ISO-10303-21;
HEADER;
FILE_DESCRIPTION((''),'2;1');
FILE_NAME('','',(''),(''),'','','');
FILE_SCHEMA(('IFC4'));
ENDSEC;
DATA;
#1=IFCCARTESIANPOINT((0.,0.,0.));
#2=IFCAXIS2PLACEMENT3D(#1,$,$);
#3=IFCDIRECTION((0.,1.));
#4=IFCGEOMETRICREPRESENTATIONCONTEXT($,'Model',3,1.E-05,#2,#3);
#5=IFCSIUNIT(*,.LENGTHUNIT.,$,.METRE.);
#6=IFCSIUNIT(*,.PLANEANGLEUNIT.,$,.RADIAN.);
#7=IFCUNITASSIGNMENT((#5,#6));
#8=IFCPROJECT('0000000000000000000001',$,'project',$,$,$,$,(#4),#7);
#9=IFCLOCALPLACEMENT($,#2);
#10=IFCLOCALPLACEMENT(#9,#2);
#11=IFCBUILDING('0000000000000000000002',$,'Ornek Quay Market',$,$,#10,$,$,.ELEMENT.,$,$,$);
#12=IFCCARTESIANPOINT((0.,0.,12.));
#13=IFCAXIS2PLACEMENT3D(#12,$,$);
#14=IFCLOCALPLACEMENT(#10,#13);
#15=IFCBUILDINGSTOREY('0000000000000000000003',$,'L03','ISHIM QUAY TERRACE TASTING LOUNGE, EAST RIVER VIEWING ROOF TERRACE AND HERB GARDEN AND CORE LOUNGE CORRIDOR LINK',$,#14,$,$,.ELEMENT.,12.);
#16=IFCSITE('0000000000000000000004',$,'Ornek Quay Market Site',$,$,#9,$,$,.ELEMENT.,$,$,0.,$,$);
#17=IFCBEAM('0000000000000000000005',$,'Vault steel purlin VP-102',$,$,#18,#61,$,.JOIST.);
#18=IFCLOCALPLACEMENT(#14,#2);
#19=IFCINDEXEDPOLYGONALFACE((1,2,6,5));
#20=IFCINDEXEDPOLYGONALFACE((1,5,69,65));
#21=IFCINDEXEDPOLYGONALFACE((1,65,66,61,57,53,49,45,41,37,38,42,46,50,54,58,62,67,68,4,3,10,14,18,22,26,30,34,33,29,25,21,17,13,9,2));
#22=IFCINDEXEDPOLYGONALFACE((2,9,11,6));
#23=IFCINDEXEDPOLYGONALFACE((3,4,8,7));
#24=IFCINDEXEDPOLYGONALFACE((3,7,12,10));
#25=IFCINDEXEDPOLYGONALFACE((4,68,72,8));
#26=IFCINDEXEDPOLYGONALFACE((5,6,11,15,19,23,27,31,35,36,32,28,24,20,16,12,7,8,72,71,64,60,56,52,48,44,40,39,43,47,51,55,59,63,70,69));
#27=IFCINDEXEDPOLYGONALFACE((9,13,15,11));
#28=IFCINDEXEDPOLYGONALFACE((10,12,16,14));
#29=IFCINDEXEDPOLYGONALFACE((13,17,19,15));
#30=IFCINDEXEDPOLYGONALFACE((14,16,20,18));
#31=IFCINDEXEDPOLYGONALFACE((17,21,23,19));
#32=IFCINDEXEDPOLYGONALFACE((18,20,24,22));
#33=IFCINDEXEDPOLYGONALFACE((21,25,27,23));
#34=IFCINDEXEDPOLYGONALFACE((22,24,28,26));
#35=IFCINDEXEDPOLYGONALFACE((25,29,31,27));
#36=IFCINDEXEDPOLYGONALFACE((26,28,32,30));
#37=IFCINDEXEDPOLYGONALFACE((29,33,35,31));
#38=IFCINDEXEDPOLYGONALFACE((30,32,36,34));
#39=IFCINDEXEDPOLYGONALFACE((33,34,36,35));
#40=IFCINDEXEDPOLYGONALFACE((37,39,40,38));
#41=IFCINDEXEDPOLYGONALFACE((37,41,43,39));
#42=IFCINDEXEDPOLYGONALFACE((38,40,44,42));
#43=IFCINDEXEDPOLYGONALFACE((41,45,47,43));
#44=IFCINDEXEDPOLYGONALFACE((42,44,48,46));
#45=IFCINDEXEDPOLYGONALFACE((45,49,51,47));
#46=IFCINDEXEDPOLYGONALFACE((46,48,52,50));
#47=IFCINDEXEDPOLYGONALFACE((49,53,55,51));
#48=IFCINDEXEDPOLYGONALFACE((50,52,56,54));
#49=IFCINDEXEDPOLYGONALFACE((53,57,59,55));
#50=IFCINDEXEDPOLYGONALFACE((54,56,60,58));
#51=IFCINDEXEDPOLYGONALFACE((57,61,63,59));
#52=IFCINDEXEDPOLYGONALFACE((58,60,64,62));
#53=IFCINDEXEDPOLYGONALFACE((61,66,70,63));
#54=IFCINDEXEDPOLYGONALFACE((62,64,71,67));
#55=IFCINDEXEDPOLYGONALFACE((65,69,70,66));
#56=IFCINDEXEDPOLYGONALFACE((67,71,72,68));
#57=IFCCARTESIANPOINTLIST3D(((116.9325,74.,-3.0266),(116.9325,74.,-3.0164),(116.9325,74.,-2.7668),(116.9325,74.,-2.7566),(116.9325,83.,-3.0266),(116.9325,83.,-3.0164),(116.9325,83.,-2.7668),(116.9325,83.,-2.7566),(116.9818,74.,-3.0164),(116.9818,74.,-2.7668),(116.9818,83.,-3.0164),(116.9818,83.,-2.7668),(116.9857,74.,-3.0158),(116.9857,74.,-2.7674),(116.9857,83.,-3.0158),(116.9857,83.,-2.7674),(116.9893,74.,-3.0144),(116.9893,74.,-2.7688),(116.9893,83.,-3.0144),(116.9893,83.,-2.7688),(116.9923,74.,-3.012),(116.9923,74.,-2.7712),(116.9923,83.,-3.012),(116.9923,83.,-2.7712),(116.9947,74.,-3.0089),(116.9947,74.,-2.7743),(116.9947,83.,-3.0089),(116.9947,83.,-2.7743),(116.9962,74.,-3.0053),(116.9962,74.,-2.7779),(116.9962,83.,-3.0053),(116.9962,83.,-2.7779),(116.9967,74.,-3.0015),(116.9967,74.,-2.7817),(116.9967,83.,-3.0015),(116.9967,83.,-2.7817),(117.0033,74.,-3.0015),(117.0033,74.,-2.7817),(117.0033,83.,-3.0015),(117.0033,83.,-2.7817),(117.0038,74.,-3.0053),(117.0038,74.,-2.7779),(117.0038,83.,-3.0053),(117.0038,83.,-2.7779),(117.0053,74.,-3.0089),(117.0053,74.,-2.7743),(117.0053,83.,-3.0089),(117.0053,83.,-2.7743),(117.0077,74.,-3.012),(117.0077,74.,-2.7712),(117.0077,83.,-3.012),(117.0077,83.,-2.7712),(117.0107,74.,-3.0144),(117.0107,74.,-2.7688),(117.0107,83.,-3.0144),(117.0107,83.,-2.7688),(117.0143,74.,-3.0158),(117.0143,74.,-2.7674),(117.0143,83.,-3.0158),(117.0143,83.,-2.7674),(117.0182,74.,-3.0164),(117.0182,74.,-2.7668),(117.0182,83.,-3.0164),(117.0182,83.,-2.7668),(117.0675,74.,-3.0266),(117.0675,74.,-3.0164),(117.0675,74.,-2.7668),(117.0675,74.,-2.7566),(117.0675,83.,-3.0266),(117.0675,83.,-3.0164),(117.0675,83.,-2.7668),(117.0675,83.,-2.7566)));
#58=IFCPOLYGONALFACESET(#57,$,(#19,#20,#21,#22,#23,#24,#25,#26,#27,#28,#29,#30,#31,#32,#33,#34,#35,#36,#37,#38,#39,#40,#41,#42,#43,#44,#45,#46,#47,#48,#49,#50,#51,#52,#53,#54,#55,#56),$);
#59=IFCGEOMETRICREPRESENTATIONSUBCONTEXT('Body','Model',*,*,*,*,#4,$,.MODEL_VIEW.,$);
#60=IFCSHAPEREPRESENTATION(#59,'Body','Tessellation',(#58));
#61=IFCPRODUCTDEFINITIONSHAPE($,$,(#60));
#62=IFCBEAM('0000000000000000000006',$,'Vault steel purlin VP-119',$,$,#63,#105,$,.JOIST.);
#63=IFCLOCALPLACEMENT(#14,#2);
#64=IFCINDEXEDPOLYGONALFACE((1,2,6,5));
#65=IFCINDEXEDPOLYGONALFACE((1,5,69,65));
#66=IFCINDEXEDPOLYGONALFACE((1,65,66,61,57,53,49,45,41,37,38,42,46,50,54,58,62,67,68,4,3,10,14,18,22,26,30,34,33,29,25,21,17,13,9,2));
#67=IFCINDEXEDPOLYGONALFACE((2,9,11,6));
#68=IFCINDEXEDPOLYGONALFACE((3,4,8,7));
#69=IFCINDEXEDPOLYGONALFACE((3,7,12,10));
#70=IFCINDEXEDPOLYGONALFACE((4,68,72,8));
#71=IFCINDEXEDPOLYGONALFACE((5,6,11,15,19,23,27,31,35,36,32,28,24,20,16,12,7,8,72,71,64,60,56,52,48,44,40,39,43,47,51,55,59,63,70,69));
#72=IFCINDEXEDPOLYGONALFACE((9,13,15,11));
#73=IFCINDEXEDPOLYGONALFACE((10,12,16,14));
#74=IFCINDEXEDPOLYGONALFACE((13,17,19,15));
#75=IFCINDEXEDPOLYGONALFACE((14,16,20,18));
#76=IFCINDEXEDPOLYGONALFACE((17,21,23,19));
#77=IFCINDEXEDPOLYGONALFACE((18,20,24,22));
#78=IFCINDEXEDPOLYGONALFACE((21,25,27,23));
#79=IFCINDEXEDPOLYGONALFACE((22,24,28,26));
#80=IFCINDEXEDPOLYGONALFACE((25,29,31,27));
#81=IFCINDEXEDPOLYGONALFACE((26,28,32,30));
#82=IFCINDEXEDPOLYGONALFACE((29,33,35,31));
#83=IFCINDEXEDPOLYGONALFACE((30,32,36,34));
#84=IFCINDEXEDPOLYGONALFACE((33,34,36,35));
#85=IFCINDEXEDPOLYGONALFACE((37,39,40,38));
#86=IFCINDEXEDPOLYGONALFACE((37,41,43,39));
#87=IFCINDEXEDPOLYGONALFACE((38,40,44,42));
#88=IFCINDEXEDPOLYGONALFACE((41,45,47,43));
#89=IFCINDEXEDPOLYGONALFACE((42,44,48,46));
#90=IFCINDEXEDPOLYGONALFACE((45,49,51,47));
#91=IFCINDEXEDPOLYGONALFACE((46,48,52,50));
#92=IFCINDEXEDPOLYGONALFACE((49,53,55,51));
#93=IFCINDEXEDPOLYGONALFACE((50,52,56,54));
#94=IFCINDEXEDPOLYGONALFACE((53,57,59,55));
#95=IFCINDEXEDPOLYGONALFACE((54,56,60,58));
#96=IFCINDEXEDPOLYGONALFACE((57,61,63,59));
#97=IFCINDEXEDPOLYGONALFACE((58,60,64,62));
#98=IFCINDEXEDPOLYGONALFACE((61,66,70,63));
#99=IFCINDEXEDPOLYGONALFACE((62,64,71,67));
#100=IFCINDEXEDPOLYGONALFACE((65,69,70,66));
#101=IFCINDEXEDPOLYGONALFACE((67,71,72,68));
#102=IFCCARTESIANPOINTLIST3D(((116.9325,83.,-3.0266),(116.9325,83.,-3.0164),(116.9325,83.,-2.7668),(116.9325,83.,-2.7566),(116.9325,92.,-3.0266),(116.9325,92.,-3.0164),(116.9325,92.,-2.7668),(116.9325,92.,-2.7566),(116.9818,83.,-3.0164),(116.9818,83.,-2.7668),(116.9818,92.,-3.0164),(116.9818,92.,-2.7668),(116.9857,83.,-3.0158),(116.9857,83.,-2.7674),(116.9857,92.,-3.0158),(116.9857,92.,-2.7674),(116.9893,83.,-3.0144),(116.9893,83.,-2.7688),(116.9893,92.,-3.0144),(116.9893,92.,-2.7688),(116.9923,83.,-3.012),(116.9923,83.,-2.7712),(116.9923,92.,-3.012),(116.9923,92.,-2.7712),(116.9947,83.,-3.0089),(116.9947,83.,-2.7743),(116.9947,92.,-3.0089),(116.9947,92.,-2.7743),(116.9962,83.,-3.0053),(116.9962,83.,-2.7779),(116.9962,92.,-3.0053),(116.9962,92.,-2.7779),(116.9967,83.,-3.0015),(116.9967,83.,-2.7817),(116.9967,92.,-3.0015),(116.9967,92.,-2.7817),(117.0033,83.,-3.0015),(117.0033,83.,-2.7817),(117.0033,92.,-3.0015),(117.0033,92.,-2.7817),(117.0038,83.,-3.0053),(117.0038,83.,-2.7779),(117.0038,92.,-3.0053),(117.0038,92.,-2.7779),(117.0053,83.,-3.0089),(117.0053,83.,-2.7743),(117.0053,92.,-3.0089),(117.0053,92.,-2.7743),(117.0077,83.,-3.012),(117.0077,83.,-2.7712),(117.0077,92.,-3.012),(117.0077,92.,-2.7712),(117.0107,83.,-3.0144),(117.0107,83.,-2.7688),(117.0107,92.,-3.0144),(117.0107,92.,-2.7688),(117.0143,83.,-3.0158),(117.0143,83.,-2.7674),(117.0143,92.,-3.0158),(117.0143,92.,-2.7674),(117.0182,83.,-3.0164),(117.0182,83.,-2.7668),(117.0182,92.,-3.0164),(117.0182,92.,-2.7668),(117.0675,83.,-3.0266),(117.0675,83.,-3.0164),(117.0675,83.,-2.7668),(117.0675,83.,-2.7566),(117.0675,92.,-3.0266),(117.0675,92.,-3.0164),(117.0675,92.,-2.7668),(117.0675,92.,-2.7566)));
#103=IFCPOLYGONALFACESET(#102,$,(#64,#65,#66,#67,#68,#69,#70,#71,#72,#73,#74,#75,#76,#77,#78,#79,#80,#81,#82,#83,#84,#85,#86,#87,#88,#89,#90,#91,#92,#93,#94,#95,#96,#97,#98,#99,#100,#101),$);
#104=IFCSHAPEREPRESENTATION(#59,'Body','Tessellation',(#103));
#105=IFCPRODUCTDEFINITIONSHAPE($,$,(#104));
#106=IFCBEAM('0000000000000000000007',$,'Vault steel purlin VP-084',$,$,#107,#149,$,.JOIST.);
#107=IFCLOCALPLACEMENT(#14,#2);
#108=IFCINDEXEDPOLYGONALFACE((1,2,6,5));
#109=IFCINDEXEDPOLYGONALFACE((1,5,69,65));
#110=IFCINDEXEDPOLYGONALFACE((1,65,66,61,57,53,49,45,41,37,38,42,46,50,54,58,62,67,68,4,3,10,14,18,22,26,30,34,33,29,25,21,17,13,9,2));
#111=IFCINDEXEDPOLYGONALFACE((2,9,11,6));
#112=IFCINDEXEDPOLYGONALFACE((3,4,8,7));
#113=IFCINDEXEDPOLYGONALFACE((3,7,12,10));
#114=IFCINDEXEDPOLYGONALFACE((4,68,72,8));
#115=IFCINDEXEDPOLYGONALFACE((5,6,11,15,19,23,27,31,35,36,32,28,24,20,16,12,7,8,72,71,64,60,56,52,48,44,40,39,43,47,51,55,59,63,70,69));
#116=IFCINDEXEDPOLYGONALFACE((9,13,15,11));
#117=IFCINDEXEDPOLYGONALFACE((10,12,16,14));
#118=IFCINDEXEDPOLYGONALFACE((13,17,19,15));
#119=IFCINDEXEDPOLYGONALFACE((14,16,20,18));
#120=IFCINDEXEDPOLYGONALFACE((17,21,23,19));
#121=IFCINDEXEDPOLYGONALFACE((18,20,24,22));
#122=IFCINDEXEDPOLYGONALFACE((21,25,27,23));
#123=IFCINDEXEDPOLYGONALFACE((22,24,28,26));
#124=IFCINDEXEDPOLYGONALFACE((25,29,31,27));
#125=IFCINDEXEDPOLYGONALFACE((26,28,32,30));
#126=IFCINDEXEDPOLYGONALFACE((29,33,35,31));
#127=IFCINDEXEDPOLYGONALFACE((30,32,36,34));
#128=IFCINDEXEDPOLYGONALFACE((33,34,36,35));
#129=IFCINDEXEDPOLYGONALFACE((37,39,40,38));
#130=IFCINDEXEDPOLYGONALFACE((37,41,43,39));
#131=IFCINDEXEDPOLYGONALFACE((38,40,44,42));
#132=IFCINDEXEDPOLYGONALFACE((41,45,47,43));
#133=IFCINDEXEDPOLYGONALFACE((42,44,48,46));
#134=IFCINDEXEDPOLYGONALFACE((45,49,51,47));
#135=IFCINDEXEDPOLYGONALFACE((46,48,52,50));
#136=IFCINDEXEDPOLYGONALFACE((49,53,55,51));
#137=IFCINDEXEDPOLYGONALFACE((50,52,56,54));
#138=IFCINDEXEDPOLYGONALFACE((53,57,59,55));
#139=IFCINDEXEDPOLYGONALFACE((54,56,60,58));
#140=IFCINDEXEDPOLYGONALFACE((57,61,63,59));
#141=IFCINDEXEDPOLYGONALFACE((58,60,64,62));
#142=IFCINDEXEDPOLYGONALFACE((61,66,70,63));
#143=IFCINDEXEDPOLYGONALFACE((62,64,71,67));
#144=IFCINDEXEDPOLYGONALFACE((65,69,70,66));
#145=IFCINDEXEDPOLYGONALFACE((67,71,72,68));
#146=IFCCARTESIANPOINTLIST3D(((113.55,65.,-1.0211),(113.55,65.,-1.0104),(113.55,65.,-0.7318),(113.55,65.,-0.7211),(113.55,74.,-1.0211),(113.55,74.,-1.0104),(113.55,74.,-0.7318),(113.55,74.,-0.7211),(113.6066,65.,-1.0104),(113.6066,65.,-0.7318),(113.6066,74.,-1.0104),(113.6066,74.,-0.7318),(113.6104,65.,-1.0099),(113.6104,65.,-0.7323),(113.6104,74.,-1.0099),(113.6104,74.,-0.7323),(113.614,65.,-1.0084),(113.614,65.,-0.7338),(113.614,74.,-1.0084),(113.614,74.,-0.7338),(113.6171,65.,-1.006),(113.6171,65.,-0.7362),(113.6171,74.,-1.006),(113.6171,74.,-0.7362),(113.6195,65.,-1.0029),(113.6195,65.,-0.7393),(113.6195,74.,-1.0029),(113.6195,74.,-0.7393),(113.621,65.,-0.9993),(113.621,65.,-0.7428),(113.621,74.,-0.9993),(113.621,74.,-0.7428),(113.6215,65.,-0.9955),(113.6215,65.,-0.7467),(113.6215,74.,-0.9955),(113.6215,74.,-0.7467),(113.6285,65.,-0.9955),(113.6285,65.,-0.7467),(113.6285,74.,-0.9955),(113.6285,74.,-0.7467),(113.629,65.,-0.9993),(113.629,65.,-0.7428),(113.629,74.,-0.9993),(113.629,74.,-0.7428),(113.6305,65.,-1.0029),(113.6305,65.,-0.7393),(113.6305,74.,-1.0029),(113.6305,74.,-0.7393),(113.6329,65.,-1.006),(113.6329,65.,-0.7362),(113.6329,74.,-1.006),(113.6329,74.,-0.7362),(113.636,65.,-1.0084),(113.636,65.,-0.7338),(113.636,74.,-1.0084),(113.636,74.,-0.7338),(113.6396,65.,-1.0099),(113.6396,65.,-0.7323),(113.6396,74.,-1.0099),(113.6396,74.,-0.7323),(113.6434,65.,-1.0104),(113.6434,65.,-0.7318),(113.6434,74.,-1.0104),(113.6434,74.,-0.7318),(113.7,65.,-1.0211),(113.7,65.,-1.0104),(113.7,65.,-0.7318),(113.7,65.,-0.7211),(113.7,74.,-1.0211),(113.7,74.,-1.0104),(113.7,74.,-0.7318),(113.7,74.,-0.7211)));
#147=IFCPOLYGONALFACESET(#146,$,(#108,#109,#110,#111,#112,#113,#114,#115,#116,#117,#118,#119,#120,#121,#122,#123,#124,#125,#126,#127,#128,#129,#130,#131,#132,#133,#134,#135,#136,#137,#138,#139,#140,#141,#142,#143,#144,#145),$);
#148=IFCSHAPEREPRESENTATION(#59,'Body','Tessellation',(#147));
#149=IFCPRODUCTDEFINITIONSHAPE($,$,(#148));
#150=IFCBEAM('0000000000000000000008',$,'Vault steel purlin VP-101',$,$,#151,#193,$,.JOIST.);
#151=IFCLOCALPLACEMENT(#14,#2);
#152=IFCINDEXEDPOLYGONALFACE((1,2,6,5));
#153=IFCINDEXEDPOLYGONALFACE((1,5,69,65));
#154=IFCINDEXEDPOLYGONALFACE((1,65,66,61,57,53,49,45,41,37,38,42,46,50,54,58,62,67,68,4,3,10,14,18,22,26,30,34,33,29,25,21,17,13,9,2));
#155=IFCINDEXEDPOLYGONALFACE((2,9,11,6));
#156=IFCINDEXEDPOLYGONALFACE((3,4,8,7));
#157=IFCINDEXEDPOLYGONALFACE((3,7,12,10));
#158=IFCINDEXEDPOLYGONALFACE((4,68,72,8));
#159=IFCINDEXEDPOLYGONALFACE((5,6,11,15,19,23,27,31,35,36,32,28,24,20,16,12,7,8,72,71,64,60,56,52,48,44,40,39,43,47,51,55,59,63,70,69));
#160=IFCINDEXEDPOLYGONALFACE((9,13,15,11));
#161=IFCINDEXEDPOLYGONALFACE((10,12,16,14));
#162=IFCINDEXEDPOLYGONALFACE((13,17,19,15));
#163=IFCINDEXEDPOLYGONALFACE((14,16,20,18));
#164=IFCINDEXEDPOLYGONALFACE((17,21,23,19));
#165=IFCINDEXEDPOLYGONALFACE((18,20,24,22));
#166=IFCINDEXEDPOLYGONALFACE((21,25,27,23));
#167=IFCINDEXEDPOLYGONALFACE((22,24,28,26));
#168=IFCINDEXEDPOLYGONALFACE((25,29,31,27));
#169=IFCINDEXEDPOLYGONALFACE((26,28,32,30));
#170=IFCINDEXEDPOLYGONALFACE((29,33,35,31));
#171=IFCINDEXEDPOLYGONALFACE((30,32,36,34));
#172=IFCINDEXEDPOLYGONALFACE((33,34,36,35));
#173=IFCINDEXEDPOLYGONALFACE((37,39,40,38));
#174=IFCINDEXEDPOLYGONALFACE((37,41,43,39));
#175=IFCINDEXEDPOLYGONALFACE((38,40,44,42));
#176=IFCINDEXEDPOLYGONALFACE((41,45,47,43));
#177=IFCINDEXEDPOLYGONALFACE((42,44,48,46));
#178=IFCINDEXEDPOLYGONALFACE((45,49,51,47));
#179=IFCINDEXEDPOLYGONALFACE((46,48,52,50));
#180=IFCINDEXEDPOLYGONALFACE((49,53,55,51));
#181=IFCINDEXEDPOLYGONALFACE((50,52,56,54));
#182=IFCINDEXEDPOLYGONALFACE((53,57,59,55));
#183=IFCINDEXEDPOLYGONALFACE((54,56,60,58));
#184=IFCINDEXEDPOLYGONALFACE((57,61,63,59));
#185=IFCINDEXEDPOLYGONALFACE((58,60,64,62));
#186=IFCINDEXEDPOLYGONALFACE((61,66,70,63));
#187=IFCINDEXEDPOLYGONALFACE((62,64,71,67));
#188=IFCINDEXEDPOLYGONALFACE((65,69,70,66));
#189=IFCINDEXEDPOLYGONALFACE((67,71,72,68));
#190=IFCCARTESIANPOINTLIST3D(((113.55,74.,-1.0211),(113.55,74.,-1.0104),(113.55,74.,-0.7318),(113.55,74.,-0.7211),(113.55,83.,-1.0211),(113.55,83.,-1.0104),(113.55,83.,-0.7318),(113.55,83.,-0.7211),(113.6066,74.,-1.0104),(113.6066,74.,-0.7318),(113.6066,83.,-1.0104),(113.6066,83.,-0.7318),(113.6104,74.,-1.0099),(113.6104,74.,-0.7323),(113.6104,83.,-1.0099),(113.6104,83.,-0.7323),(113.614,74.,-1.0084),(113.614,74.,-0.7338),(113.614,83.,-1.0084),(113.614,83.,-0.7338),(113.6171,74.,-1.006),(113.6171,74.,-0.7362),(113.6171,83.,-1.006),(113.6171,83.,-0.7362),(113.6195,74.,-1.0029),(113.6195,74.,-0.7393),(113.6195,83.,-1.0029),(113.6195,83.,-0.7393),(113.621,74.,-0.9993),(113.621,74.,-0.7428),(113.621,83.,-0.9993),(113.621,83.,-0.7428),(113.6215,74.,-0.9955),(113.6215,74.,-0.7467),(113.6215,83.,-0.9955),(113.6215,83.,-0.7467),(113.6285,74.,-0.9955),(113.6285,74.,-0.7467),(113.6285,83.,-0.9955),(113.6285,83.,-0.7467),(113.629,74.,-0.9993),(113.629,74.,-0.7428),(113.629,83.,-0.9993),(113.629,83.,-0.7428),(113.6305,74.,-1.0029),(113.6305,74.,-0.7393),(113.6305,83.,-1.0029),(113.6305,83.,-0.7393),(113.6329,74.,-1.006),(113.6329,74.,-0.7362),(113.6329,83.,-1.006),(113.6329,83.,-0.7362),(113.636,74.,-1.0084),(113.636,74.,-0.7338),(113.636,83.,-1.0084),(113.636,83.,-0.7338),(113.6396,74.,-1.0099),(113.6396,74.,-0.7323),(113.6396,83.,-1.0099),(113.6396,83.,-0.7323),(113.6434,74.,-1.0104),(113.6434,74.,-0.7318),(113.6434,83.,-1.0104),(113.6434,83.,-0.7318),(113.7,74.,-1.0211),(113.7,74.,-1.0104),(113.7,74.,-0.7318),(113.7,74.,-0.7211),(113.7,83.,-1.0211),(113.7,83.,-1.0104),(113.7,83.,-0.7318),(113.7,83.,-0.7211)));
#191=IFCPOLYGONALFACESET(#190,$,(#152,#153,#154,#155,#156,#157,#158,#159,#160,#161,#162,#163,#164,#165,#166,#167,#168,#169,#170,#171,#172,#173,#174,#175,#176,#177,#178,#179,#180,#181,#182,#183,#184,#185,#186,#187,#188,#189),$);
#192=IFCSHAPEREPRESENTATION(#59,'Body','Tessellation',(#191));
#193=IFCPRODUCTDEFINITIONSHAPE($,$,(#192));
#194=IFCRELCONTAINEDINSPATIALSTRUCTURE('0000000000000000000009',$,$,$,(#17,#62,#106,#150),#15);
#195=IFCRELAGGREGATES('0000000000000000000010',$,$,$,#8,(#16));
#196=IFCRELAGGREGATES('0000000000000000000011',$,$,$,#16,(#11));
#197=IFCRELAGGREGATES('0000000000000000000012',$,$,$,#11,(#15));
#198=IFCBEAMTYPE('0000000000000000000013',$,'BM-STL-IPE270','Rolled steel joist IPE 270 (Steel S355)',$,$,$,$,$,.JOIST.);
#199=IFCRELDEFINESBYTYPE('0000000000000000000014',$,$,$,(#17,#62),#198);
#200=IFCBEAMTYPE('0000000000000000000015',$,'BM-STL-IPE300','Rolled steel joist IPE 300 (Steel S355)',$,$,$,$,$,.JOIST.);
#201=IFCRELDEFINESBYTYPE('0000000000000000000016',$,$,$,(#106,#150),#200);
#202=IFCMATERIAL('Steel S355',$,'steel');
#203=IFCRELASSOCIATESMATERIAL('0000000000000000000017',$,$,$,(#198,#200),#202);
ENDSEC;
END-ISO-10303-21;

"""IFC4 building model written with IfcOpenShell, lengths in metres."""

from ifc_helpers import new_model, si_unit, direction, frame, origin, origin_2d, place, context, subcontext, project, spatial, i_section, extrude, material, material_profile, profile_set, type_object, element, save


model = new_model("IFC4")

# Units and contexts
model_context = context("Model", 3, precision=1e-05, world=origin(), true_north=direction((0.0, 1.0)))
body_context = subcontext(model_context, "Body", "Model", "MODEL_VIEW")
ifc_project = project(units=[si_unit("LENGTHUNIT", "METRE"), si_unit("PLANEANGLEUNIT", "RADIAN")], contexts=[model_context])

# Site, building, storey
site_placement = place(None, origin())
site = spatial("IfcSite", under=ifc_project, at=site_placement, Name="Ornek Quay Market Site", CompositionType="ELEMENT", RefElevation=0.0)
building_placement = place(site_placement, origin())
building = spatial("IfcBuilding", under=site, at=building_placement, Name="Ornek Quay Market", CompositionType="ELEMENT")
storey_placement = place(building_placement, frame((0.0, 0.0, 12.0)))
storey = spatial("IfcBuildingStorey", under=building, at=storey_placement, Name="L03", Description="ISHIM QUAY TERRACE TASTING LOUNGE, EAST RIVER VIEWING ROOF TERRACE AND HERB GARDEN AND CORE LOUNGE CORRIDOR LINK", CompositionType="ELEMENT", Elevation=12.0)

# Beams
ifc_material_1 = material(Name="Steel S355", Category="steel")
ifc_material_profile_1 = material_profile(ifc_material_1, i_section(OverallWidth=0.135, OverallDepth=0.27, WebThickness=0.0066, FlangeThickness=0.0103, FilletRadius=0.0149, at=origin_2d()), Name="IPE 270", Category="steel")
ifc_profile_set_1 = profile_set([ifc_material_profile_1], Name="Steel S355")
beam_type_1 = type_object("IfcBeamType", Name="BM-STL-IPE270", Description="Rolled steel joist IPE 270 (Steel S355)", PredefinedType="JOIST", material=ifc_profile_set_1)
for number, where, z_axis, x_axis, name in (
    (1, (117.0, 74.0, -2.8916), (0.0, 1.0, 0.0), (-1.0, 0.0, 0.0), "Vault steel purlin VP-102"),
    (2, (117.0, 83.0, -2.8916), (0.0, 1.0, 0.0), (-1.0, 0.0, 0.0), "Vault steel purlin VP-119"),
):
    element("IfcBeam", number, at=place(storey_placement, frame(where, z_axis=z_axis, x_axis=x_axis)), inside=storey, type_object=beam_type_1, Name=name, PredefinedType="JOIST", context=body_context, shape_type="SweptSolid", body=[
        extrude(i_section(OverallWidth=0.135, OverallDepth=0.27, WebThickness=0.0066, FlangeThickness=0.0103, FilletRadius=0.0149, at=origin_2d()), origin(), (0.0, 0.0, 1.0), 9.0),
    ])
ifc_material_profile_2 = material_profile(ifc_material_1, i_section(OverallWidth=0.1499, OverallDepth=0.3, WebThickness=0.0071, FlangeThickness=0.0107, FilletRadius=0.0149, at=origin_2d()), Name="IPE 300", Category="steel")
ifc_profile_set_2 = profile_set([ifc_material_profile_2], Name="Steel S355")
beam_type_2 = type_object("IfcBeamType", Name="BM-STL-IPE300", Description="Rolled steel joist IPE 300 (Steel S355)", PredefinedType="JOIST", material=ifc_profile_set_2)
for number, where, z_axis, x_axis, name in (
    (3, (113.625, 65.0, -0.8711), (0.0, 1.0, 0.0), (-1.0, 0.0, 0.0), "Vault steel purlin VP-084"),
    (4, (113.625, 74.0, -0.8711), (0.0, 1.0, 0.0), (-1.0, 0.0, 0.0), "Vault steel purlin VP-101"),
):
    element("IfcBeam", number, at=place(storey_placement, frame(where, z_axis=z_axis, x_axis=x_axis)), inside=storey, type_object=beam_type_2, Name=name, PredefinedType="JOIST", context=body_context, shape_type="SweptSolid", body=[
        extrude(i_section(OverallWidth=0.1499, OverallDepth=0.3, WebThickness=0.0071, FlangeThickness=0.0107, FilletRadius=0.0149, at=origin_2d()), origin(), (0.0, 0.0, 1.0), 9.0),
    ])

save(model, "model.ifc")
